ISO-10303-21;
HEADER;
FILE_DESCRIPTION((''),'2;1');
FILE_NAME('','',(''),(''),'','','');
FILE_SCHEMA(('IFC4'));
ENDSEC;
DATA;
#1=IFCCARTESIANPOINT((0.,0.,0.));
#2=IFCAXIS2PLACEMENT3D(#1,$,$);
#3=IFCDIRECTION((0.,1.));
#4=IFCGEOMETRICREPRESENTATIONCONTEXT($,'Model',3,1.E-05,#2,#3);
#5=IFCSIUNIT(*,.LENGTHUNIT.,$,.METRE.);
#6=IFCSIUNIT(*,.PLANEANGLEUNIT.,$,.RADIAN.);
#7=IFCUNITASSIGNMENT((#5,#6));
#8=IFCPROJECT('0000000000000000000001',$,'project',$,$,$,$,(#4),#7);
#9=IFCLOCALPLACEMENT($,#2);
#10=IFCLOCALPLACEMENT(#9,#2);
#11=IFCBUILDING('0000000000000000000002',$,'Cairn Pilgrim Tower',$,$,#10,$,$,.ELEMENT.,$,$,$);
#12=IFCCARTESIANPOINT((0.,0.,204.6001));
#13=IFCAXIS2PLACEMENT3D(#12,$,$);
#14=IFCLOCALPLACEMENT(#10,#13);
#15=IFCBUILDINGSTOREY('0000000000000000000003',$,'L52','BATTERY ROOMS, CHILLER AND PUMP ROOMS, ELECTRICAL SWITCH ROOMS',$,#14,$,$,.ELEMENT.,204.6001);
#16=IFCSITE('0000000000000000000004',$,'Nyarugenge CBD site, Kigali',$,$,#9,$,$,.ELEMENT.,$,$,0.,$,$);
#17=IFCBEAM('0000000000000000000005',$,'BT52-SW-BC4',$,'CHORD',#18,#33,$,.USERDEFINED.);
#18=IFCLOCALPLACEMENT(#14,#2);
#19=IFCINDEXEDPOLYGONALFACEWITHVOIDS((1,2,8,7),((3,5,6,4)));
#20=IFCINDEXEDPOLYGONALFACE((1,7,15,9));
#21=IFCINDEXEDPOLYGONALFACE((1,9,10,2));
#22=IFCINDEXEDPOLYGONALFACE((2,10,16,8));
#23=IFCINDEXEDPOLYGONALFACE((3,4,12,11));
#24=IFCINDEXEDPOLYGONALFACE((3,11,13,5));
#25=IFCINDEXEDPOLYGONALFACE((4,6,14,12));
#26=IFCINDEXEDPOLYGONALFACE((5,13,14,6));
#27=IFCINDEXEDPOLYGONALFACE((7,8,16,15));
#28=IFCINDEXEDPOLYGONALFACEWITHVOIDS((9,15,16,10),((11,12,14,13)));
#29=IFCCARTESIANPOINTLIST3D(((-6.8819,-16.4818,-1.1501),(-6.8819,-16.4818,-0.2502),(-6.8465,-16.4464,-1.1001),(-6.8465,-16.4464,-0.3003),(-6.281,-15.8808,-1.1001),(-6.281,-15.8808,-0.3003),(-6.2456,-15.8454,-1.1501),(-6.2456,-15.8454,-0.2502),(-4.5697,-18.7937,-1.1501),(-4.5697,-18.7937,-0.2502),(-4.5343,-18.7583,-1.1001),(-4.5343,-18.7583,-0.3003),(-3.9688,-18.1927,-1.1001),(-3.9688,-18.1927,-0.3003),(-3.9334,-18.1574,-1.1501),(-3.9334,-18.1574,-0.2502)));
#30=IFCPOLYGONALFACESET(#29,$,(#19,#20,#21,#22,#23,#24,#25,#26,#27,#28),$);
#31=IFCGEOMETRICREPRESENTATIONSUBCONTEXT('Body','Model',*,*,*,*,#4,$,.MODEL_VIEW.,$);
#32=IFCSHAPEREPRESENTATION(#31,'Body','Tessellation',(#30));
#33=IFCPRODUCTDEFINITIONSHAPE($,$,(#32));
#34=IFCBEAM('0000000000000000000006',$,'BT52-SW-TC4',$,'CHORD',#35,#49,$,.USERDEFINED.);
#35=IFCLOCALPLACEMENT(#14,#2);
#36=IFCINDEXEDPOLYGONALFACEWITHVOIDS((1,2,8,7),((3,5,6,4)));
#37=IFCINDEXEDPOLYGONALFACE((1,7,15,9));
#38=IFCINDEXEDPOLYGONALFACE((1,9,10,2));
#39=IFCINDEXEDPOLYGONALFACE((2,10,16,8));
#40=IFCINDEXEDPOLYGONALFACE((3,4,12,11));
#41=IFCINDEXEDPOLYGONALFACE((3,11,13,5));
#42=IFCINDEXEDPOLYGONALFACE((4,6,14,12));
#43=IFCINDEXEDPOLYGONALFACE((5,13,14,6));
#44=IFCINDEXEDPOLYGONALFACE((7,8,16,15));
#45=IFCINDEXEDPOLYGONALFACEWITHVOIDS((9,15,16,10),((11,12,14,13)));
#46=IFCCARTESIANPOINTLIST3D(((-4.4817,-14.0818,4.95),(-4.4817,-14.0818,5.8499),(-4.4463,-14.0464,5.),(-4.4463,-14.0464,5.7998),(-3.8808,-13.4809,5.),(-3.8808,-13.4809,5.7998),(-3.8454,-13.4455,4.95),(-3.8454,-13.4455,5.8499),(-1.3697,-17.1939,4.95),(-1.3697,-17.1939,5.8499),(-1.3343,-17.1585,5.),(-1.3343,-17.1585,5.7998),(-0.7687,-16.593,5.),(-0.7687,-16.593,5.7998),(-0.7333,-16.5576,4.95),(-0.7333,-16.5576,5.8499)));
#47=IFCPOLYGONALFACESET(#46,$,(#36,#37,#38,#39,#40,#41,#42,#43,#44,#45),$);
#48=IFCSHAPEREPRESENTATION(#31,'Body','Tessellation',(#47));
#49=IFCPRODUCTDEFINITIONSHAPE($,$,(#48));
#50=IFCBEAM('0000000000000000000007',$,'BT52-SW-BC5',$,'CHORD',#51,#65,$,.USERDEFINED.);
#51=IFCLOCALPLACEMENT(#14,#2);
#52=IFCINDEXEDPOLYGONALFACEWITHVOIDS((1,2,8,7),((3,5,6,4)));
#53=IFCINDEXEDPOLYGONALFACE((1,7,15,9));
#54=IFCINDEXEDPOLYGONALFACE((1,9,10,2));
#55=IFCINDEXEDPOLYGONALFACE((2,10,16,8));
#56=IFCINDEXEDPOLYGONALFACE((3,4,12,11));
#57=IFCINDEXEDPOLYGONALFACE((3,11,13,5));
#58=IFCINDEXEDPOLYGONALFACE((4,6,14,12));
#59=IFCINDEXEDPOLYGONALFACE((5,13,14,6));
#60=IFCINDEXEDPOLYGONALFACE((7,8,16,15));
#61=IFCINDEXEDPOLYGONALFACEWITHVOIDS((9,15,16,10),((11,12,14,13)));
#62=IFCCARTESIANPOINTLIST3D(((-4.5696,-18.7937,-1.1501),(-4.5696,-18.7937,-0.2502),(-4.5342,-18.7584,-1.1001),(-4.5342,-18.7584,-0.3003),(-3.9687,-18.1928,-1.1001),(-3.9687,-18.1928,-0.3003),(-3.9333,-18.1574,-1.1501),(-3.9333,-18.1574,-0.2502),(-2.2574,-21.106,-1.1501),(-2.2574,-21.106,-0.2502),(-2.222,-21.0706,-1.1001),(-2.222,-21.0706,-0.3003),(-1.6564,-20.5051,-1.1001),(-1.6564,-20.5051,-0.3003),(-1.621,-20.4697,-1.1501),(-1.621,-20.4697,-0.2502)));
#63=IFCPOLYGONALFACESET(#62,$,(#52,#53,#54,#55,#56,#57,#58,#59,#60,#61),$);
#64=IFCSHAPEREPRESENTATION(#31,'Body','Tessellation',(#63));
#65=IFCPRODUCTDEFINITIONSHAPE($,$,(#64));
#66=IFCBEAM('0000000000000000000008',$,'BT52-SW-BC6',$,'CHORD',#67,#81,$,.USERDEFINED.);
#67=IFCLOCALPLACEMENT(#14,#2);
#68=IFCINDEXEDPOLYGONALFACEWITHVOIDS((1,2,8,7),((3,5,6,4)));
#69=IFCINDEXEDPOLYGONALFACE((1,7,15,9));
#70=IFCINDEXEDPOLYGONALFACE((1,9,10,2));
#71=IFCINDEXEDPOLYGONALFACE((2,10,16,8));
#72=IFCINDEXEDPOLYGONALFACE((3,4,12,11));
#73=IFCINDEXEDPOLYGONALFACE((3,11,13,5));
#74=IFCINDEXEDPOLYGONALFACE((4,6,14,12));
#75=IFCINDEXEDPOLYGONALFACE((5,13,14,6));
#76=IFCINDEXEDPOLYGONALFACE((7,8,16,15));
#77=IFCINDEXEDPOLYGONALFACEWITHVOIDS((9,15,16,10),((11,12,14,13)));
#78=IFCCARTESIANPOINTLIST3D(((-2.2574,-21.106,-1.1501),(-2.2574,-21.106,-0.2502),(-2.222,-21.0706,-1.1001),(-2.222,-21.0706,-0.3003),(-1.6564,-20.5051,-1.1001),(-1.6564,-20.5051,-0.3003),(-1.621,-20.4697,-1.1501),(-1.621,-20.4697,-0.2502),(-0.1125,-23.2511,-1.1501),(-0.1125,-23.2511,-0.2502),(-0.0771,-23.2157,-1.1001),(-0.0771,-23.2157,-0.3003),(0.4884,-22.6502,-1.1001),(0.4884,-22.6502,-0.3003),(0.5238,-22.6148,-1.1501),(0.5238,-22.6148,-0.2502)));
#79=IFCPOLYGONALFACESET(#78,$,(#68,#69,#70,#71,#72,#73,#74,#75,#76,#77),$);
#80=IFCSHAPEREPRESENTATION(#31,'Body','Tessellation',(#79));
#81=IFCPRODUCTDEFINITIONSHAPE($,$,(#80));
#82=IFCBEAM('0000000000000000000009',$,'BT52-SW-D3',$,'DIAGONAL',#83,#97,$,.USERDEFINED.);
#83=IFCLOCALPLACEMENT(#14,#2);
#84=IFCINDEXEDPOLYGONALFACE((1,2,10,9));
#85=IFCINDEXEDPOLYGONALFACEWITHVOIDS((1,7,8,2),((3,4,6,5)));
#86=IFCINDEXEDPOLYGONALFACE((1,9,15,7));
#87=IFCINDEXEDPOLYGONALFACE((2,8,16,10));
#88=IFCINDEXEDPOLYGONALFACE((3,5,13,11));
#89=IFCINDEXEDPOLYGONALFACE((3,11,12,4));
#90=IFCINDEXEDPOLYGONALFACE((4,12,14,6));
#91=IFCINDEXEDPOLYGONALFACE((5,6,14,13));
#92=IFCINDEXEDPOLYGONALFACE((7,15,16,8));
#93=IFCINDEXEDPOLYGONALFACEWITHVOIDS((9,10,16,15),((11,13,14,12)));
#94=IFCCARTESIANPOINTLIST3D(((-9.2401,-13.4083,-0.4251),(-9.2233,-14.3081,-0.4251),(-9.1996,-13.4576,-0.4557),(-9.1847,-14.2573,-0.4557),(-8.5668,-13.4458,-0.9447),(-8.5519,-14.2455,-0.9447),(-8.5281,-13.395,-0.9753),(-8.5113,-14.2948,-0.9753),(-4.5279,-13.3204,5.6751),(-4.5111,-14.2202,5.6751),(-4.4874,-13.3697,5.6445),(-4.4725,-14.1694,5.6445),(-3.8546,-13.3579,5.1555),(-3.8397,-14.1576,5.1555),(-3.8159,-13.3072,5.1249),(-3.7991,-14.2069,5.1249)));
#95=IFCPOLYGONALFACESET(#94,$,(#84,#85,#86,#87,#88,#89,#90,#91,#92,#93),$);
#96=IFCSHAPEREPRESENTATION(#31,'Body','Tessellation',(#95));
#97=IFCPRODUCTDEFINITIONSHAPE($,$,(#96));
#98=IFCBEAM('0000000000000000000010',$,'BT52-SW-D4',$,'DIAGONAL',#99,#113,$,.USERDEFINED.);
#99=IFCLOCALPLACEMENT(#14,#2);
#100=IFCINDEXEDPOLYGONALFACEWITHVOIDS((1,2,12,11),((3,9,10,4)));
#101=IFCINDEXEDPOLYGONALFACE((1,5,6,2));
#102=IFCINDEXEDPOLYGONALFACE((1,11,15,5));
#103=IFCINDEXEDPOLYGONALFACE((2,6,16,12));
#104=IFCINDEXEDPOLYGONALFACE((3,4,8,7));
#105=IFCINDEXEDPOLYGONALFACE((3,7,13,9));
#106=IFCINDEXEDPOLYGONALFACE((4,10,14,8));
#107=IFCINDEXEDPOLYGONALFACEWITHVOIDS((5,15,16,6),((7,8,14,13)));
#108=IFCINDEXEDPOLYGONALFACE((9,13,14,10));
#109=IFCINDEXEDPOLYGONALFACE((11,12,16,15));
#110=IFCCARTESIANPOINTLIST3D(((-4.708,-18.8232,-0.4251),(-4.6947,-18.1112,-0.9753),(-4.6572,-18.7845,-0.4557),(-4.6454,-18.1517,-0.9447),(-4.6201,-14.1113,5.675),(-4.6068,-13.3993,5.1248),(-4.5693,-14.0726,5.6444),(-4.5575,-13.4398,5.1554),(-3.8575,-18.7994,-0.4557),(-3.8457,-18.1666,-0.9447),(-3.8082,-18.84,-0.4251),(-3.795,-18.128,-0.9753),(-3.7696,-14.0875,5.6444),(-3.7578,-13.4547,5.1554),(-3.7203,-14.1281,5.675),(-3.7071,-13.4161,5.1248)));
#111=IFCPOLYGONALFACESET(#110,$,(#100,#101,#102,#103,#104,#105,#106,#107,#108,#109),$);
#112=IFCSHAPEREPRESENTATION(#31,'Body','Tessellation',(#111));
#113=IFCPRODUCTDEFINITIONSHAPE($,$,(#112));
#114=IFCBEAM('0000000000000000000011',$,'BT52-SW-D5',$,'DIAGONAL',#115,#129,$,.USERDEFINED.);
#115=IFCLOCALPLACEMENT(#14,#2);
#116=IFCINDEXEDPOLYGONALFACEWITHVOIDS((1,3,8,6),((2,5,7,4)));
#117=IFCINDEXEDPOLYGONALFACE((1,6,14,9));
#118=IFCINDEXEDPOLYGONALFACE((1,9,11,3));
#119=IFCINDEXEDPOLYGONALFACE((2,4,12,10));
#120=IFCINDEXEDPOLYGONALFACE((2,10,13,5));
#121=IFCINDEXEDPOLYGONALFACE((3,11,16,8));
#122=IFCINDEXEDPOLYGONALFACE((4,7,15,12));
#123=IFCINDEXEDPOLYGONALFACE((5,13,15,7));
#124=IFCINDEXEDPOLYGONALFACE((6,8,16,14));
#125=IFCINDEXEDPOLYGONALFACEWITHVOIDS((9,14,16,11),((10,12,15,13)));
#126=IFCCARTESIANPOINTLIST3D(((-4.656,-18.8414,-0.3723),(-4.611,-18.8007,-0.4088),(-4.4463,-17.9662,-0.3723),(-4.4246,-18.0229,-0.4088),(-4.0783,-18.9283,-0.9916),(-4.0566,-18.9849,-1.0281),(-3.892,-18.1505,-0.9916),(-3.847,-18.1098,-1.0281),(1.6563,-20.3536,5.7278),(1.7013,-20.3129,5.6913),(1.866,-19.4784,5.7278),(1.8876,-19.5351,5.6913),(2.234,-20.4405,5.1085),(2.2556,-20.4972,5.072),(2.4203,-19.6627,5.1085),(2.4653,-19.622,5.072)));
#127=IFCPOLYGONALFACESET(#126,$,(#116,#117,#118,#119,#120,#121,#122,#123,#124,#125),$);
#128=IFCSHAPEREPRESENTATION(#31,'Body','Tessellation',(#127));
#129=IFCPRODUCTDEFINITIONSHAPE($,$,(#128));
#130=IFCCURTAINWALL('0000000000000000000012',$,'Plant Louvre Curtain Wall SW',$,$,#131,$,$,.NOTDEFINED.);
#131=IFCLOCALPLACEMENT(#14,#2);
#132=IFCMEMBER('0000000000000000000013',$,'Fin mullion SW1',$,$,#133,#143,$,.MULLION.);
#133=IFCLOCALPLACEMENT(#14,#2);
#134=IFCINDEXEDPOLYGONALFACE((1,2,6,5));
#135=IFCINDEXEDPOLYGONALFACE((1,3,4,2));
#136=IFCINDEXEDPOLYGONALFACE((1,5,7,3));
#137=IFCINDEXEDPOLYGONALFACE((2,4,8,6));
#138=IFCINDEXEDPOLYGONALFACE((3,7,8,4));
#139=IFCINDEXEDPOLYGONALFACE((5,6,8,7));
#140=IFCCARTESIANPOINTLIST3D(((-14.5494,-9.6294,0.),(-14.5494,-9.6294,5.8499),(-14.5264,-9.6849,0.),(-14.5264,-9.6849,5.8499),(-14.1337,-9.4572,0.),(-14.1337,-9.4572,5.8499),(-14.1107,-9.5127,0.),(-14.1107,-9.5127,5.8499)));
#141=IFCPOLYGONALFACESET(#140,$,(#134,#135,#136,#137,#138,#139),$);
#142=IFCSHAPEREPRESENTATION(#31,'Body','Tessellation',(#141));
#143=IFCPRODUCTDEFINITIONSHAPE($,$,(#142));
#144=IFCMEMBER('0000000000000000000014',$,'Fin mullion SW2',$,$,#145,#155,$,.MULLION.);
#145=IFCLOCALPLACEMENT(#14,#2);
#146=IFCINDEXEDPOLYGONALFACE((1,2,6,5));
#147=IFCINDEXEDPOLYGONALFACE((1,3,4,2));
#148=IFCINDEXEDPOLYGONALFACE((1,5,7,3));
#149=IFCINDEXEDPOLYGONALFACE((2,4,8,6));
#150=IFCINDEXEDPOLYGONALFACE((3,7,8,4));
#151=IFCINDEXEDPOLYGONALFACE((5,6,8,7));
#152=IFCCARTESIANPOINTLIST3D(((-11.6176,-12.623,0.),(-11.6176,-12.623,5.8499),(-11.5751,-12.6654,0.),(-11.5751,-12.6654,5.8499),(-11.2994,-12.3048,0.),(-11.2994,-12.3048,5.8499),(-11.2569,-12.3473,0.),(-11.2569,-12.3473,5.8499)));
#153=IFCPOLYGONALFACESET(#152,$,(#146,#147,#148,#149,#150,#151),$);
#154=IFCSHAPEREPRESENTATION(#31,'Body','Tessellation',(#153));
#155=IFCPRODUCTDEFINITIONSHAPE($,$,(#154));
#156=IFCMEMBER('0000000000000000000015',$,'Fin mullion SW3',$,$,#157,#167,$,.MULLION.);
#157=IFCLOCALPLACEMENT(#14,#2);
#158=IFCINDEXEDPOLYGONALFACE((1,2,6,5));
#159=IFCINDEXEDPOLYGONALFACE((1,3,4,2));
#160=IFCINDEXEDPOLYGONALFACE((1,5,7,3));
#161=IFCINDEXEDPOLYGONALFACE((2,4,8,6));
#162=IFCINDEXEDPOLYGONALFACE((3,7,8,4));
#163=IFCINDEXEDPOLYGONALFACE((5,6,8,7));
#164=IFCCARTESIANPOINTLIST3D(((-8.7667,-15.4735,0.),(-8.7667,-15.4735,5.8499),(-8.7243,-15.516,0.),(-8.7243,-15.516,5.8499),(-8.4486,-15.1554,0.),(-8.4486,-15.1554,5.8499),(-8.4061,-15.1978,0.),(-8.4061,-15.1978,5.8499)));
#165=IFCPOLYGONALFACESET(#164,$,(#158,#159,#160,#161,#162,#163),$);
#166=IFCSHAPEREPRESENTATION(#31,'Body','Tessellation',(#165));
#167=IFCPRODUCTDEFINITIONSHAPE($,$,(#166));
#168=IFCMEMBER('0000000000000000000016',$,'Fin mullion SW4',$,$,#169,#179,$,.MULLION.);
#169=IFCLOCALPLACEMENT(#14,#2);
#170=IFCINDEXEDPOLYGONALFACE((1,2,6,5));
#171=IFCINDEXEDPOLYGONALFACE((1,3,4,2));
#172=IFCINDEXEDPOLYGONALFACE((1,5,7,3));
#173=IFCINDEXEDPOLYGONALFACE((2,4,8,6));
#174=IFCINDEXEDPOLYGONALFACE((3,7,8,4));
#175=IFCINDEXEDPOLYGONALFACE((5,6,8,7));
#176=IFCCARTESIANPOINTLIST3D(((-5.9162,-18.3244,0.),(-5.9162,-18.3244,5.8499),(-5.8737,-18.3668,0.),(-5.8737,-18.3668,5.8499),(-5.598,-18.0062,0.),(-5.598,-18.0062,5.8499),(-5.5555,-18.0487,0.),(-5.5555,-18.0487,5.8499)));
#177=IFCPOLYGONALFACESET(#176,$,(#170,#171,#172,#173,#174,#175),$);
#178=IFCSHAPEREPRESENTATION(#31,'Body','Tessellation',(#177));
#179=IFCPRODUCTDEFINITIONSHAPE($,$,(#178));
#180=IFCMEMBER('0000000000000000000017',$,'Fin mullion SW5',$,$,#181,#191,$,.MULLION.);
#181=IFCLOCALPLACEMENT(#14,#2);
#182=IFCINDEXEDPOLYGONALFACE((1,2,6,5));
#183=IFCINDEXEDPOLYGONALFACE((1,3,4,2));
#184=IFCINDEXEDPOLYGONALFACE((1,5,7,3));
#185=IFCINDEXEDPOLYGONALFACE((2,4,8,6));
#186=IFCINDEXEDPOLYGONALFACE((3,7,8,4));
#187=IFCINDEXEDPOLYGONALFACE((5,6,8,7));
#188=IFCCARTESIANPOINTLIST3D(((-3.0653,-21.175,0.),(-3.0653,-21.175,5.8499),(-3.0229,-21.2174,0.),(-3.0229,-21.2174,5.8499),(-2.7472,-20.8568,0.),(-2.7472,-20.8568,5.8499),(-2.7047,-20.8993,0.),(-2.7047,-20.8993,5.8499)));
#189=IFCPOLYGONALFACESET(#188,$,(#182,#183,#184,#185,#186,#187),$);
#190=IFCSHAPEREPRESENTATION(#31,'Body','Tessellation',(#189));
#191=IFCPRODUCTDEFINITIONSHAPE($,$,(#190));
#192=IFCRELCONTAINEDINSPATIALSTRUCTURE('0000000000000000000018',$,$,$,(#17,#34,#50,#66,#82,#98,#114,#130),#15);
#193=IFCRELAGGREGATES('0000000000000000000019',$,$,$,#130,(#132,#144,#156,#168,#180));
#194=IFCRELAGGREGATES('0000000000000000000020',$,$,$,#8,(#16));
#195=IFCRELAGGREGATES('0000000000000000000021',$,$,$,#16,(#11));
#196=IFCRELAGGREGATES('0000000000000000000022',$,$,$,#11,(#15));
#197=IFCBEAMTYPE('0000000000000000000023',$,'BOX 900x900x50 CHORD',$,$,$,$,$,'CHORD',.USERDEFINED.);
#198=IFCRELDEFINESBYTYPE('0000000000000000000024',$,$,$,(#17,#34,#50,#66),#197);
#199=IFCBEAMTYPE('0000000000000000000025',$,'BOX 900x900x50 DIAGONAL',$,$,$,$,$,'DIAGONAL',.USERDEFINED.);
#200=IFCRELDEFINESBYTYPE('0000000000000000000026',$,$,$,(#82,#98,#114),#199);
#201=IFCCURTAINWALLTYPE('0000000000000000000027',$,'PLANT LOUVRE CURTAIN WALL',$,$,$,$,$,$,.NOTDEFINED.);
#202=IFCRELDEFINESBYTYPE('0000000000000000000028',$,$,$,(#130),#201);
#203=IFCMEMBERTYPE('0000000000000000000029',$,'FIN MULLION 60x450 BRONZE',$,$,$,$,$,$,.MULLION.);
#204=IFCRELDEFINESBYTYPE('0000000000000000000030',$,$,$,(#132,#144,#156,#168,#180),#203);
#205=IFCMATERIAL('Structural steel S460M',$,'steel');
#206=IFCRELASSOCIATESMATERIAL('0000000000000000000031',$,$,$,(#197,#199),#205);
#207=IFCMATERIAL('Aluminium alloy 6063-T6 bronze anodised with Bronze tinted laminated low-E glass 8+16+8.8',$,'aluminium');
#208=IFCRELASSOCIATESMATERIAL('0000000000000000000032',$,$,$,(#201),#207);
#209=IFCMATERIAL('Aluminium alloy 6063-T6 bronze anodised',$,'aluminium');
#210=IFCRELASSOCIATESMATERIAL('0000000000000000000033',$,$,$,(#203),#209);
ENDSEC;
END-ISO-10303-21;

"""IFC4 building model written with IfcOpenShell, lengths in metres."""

from ifc_helpers import new_model, si_unit, direction, frame, origin, origin_2d, place, context, subcontext, project, spatial, rectangle, hollow_rectangle, extrude, material, material_profile, profile_set, type_object, element, aggregate, save


model = new_model("IFC4")

# Units and contexts
model_context = context("Model", 3, precision=1e-05, world=origin(), true_north=direction((0.0, 1.0)))
body_context = subcontext(model_context, "Body", "Model", "MODEL_VIEW")
ifc_project = project(units=[si_unit("LENGTHUNIT", "METRE"), si_unit("PLANEANGLEUNIT", "RADIAN")], contexts=[model_context])

# Site, building, storey
site_placement = place(None, origin())
site = spatial("IfcSite", under=ifc_project, at=site_placement, Name="Nyarugenge CBD site, Kigali", CompositionType="ELEMENT", RefElevation=0.0)
building_placement = place(site_placement, origin())
building = spatial("IfcBuilding", under=site, at=building_placement, Name="Cairn Pilgrim Tower", CompositionType="ELEMENT")
storey_placement = place(building_placement, frame((0.0, 0.0, 204.6001)))
storey = spatial("IfcBuildingStorey", under=building, at=storey_placement, Name="L52", Description="BATTERY ROOMS, CHILLER AND PUMP ROOMS, ELECTRICAL SWITCH ROOMS", CompositionType="ELEMENT", Elevation=204.6001)

# Shared definitions
ifc_material_1 = material(Name="Structural steel S460M", Category="steel")

# Beams
ifc_material_profile_1 = material_profile(ifc_material_1, hollow_rectangle(XDim=0.8999, YDim=0.8999, WallThickness=0.05, at=origin_2d()), Name="BOX 900x900x50")
ifc_profile_set_1 = profile_set([ifc_material_profile_1], Name="Structural steel S460M")
beam_type_1 = type_object("IfcBeamType", Name="BOX 900x900x50 CHORD", ElementType="CHORD", PredefinedType="USERDEFINED", material=ifc_profile_set_1)
beam_1_placement = place(storey_placement, frame((-6.5637, -16.1636, -0.7002), z_axis=(0.707144, -0.707069, 0.0), x_axis=(0.707069, 0.707144, 0.0)))
element("IfcBeam", 1, at=beam_1_placement, inside=storey, type_object=beam_type_1, Name="BT52-SW-BC4", ObjectType="CHORD", PredefinedType="USERDEFINED", context=body_context, shape_type="SweptSolid", body=[
    extrude(hollow_rectangle(XDim=0.8999, YDim=0.8999, WallThickness=0.05, at=origin_2d()), origin(), (0.0, 0.0, 1.0), 3.2698),
])
beam_2_placement = place(storey_placement, frame((-4.1636, -13.7637, 5.3999), z_axis=(0.707107, -0.707107, 0.0), x_axis=(0.707107, 0.707107, 0.0)))
element("IfcBeam", 2, at=beam_2_placement, inside=storey, type_object=beam_type_1, Name="BT52-SW-TC4", ObjectType="CHORD", PredefinedType="USERDEFINED", context=body_context, shape_type="SweptSolid", body=[
    extrude(hollow_rectangle(XDim=0.8999, YDim=0.8999, WallThickness=0.05, at=origin_2d()), origin(), (0.0, 0.0, 1.0), 4.4011),
])
beam_3_placement = place(storey_placement, frame((-4.2515, -18.4756, -0.7002), z_axis=(0.707107, -0.707107, 0.0), x_axis=(0.707107, 0.707107, 0.0)))
element("IfcBeam", 3, at=beam_3_placement, inside=storey, type_object=beam_type_1, Name="BT52-SW-BC5", ObjectType="CHORD", PredefinedType="USERDEFINED", context=body_context, shape_type="SweptSolid", body=[
    extrude(hollow_rectangle(XDim=0.8999, YDim=0.8999, WallThickness=0.05, at=origin_2d()), origin(), (0.0, 0.0, 1.0), 3.27),
])
beam_4_placement = place(storey_placement, frame((-1.9392, -20.7878, -0.7002), z_axis=(0.707067, -0.707147, 0.0), x_axis=(0.707147, 0.707067, 0.0)))
element("IfcBeam", 4, at=beam_4_placement, inside=storey, type_object=beam_type_1, Name="BT52-SW-BC6", ObjectType="CHORD", PredefinedType="USERDEFINED", context=body_context, shape_type="SweptSolid", body=[
    extrude(hollow_rectangle(XDim=0.8999, YDim=0.8999, WallThickness=0.05, at=origin_2d()), origin(), (0.0, 0.0, 1.0), 3.0334),
])
ifc_material_profile_2 = material_profile(ifc_material_1, hollow_rectangle(XDim=0.8999, YDim=0.8999, WallThickness=0.05, at=origin_2d()), Name="BOX 900x900x50")
ifc_profile_set_2 = profile_set([ifc_material_profile_2], Name="Structural steel S460M")
beam_type_2 = type_object("IfcBeamType", Name="BOX 900x900x50 DIAGONAL", ElementType="DIAGONAL", PredefinedType="USERDEFINED", material=ifc_profile_set_2)
beam_5_placement = place(storey_placement, frame((-8.8757, -13.8516, -0.7002), z_axis=(0.611282, 0.011402, 0.791331), x_axis=(-0.018649, 0.999826, 0.0)))
element("IfcBeam", 5, at=beam_5_placement, inside=storey, type_object=beam_type_2, Name="BT52-SW-D3", ObjectType="DIAGONAL", PredefinedType="USERDEFINED", context=body_context, shape_type="SweptSolid", body=[
    extrude(hollow_rectangle(XDim=0.8999, YDim=0.8999, WallThickness=0.05, at=origin_2d()), origin(), (0.0, 0.0, 1.0), 7.7087),
])
beam_6_placement = place(storey_placement, frame((-4.1636, -13.7637, 5.3999), z_axis=(-0.011402, -0.611262, -0.791346), x_axis=(0.999826, -0.01865, 0.0)))
element("IfcBeam", 6, at=beam_6_placement, inside=storey, type_object=beam_type_2, Name="BT52-SW-D4", ObjectType="DIAGONAL", PredefinedType="USERDEFINED", context=body_context, shape_type="SweptSolid", body=[
    extrude(hollow_rectangle(XDim=0.8999, YDim=0.8999, WallThickness=0.05, at=origin_2d()), origin(), (0.0, 0.0, 1.0), 7.7085),
])
beam_7_placement = place(storey_placement, frame((-4.2515, -18.4756, -0.7002), z_axis=(0.70865, -0.169769, 0.684832), x_axis=(0.232975, 0.972483, 0.0)))
element("IfcBeam", 7, at=beam_7_placement, inside=storey, type_object=beam_type_2, Name="BT52-SW-D5", ObjectType="DIAGONAL", PredefinedType="USERDEFINED", context=body_context, shape_type="SweptSolid", body=[
    extrude(hollow_rectangle(XDim=0.8999, YDim=0.8999, WallThickness=0.05, at=origin_2d()), origin(), (0.0, 0.0, 1.0), 8.9075),
])

# Curtain wall, members
ifc_material_2 = material(Name="Aluminium alloy 6063-T6 bronze anodised with Bronze tinted laminated low-E glass 8+16+8.8", Category="aluminium")
curtain_wall_type = type_object("IfcCurtainWallType", Name="PLANT LOUVRE CURTAIN WALL", PredefinedType="NOTDEFINED", material=ifc_material_2)
curtain_wall_placement = place(storey_placement, origin())
curtain_wall = element("IfcCurtainWall", 8, at=curtain_wall_placement, inside=storey, type_object=curtain_wall_type, Name="Plant Louvre Curtain Wall SW", PredefinedType="NOTDEFINED")
ifc_material_3 = material(Name="Aluminium alloy 6063-T6 bronze anodised", Category="aluminium")
ifc_material_profile_3 = material_profile(ifc_material_3, rectangle(XDim=0.45, YDim=0.0601, at=origin_2d()), Name="FIN MULLION 60x450 BRONZE")
ifc_profile_set_3 = profile_set([ifc_material_profile_3], Name="Aluminium alloy 6063-T6 bronze anodised")
member_type_1 = type_object("IfcMemberType", Name="FIN MULLION 60x450 BRONZE", PredefinedType="MULLION", material=ifc_profile_set_3)
member_1_placement = place(storey_placement, frame((-14.3301, -9.571, 0.0), z_axis=(0.0, 0.0, 1.0), x_axis=(-0.92388, -0.382683, 0.0)))
member_1 = element("IfcMember", 9, at=member_1_placement, type_object=member_type_1, Name="Fin mullion SW1", PredefinedType="MULLION", context=body_context, shape_type="SweptSolid", body=[
    extrude(rectangle(XDim=0.45, YDim=0.0601, at=origin_2d()), origin(), (0.0, 0.0, 1.0), 5.8499),
])
member_2_placement = place(storey_placement, frame((-11.4373, -12.4851, 0.0), z_axis=(0.0, 0.0, 1.0), x_axis=(-0.707107, -0.707107, 0.0)))
member_2 = element("IfcMember", 10, at=member_2_placement, type_object=member_type_1, Name="Fin mullion SW2", PredefinedType="MULLION", context=body_context, shape_type="SweptSolid", body=[
    extrude(rectangle(XDim=0.45, YDim=0.0601, at=origin_2d()), origin(), (0.0, 0.0, 1.0), 5.8499),
])
member_3_placement = place(storey_placement, frame((-8.5864, -15.3357, 0.0), z_axis=(0.0, 0.0, 1.0), x_axis=(-0.707107, -0.707107, 0.0)))
member_3 = element("IfcMember", 11, at=member_3_placement, type_object=member_type_1, Name="Fin mullion SW3", PredefinedType="MULLION", context=body_context, shape_type="SweptSolid", body=[
    extrude(rectangle(XDim=0.45, YDim=0.0601, at=origin_2d()), origin(), (0.0, 0.0, 1.0), 5.8499),
])
member_4_placement = place(storey_placement, frame((-5.7358, -18.1865, 0.0), z_axis=(0.0, 0.0, 1.0), x_axis=(-0.707107, -0.707107, 0.0)))
member_4 = element("IfcMember", 12, at=member_4_placement, type_object=member_type_1, Name="Fin mullion SW4", PredefinedType="MULLION", context=body_context, shape_type="SweptSolid", body=[
    extrude(rectangle(XDim=0.45, YDim=0.0601, at=origin_2d()), origin(), (0.0, 0.0, 1.0), 5.8499),
])
member_5_placement = place(storey_placement, frame((-2.885, -21.0371, 0.0), z_axis=(0.0, 0.0, 1.0), x_axis=(-0.707107, -0.707107, 0.0)))
member_5 = element("IfcMember", 13, at=member_5_placement, type_object=member_type_1, Name="Fin mullion SW5", PredefinedType="MULLION", context=body_context, shape_type="SweptSolid", body=[
    extrude(rectangle(XDim=0.45, YDim=0.0601, at=origin_2d()), origin(), (0.0, 0.0, 1.0), 5.8499),
])

aggregate(curtain_wall, [member_1, member_2, member_3, member_4, member_5])

save(model, "model.ifc")
